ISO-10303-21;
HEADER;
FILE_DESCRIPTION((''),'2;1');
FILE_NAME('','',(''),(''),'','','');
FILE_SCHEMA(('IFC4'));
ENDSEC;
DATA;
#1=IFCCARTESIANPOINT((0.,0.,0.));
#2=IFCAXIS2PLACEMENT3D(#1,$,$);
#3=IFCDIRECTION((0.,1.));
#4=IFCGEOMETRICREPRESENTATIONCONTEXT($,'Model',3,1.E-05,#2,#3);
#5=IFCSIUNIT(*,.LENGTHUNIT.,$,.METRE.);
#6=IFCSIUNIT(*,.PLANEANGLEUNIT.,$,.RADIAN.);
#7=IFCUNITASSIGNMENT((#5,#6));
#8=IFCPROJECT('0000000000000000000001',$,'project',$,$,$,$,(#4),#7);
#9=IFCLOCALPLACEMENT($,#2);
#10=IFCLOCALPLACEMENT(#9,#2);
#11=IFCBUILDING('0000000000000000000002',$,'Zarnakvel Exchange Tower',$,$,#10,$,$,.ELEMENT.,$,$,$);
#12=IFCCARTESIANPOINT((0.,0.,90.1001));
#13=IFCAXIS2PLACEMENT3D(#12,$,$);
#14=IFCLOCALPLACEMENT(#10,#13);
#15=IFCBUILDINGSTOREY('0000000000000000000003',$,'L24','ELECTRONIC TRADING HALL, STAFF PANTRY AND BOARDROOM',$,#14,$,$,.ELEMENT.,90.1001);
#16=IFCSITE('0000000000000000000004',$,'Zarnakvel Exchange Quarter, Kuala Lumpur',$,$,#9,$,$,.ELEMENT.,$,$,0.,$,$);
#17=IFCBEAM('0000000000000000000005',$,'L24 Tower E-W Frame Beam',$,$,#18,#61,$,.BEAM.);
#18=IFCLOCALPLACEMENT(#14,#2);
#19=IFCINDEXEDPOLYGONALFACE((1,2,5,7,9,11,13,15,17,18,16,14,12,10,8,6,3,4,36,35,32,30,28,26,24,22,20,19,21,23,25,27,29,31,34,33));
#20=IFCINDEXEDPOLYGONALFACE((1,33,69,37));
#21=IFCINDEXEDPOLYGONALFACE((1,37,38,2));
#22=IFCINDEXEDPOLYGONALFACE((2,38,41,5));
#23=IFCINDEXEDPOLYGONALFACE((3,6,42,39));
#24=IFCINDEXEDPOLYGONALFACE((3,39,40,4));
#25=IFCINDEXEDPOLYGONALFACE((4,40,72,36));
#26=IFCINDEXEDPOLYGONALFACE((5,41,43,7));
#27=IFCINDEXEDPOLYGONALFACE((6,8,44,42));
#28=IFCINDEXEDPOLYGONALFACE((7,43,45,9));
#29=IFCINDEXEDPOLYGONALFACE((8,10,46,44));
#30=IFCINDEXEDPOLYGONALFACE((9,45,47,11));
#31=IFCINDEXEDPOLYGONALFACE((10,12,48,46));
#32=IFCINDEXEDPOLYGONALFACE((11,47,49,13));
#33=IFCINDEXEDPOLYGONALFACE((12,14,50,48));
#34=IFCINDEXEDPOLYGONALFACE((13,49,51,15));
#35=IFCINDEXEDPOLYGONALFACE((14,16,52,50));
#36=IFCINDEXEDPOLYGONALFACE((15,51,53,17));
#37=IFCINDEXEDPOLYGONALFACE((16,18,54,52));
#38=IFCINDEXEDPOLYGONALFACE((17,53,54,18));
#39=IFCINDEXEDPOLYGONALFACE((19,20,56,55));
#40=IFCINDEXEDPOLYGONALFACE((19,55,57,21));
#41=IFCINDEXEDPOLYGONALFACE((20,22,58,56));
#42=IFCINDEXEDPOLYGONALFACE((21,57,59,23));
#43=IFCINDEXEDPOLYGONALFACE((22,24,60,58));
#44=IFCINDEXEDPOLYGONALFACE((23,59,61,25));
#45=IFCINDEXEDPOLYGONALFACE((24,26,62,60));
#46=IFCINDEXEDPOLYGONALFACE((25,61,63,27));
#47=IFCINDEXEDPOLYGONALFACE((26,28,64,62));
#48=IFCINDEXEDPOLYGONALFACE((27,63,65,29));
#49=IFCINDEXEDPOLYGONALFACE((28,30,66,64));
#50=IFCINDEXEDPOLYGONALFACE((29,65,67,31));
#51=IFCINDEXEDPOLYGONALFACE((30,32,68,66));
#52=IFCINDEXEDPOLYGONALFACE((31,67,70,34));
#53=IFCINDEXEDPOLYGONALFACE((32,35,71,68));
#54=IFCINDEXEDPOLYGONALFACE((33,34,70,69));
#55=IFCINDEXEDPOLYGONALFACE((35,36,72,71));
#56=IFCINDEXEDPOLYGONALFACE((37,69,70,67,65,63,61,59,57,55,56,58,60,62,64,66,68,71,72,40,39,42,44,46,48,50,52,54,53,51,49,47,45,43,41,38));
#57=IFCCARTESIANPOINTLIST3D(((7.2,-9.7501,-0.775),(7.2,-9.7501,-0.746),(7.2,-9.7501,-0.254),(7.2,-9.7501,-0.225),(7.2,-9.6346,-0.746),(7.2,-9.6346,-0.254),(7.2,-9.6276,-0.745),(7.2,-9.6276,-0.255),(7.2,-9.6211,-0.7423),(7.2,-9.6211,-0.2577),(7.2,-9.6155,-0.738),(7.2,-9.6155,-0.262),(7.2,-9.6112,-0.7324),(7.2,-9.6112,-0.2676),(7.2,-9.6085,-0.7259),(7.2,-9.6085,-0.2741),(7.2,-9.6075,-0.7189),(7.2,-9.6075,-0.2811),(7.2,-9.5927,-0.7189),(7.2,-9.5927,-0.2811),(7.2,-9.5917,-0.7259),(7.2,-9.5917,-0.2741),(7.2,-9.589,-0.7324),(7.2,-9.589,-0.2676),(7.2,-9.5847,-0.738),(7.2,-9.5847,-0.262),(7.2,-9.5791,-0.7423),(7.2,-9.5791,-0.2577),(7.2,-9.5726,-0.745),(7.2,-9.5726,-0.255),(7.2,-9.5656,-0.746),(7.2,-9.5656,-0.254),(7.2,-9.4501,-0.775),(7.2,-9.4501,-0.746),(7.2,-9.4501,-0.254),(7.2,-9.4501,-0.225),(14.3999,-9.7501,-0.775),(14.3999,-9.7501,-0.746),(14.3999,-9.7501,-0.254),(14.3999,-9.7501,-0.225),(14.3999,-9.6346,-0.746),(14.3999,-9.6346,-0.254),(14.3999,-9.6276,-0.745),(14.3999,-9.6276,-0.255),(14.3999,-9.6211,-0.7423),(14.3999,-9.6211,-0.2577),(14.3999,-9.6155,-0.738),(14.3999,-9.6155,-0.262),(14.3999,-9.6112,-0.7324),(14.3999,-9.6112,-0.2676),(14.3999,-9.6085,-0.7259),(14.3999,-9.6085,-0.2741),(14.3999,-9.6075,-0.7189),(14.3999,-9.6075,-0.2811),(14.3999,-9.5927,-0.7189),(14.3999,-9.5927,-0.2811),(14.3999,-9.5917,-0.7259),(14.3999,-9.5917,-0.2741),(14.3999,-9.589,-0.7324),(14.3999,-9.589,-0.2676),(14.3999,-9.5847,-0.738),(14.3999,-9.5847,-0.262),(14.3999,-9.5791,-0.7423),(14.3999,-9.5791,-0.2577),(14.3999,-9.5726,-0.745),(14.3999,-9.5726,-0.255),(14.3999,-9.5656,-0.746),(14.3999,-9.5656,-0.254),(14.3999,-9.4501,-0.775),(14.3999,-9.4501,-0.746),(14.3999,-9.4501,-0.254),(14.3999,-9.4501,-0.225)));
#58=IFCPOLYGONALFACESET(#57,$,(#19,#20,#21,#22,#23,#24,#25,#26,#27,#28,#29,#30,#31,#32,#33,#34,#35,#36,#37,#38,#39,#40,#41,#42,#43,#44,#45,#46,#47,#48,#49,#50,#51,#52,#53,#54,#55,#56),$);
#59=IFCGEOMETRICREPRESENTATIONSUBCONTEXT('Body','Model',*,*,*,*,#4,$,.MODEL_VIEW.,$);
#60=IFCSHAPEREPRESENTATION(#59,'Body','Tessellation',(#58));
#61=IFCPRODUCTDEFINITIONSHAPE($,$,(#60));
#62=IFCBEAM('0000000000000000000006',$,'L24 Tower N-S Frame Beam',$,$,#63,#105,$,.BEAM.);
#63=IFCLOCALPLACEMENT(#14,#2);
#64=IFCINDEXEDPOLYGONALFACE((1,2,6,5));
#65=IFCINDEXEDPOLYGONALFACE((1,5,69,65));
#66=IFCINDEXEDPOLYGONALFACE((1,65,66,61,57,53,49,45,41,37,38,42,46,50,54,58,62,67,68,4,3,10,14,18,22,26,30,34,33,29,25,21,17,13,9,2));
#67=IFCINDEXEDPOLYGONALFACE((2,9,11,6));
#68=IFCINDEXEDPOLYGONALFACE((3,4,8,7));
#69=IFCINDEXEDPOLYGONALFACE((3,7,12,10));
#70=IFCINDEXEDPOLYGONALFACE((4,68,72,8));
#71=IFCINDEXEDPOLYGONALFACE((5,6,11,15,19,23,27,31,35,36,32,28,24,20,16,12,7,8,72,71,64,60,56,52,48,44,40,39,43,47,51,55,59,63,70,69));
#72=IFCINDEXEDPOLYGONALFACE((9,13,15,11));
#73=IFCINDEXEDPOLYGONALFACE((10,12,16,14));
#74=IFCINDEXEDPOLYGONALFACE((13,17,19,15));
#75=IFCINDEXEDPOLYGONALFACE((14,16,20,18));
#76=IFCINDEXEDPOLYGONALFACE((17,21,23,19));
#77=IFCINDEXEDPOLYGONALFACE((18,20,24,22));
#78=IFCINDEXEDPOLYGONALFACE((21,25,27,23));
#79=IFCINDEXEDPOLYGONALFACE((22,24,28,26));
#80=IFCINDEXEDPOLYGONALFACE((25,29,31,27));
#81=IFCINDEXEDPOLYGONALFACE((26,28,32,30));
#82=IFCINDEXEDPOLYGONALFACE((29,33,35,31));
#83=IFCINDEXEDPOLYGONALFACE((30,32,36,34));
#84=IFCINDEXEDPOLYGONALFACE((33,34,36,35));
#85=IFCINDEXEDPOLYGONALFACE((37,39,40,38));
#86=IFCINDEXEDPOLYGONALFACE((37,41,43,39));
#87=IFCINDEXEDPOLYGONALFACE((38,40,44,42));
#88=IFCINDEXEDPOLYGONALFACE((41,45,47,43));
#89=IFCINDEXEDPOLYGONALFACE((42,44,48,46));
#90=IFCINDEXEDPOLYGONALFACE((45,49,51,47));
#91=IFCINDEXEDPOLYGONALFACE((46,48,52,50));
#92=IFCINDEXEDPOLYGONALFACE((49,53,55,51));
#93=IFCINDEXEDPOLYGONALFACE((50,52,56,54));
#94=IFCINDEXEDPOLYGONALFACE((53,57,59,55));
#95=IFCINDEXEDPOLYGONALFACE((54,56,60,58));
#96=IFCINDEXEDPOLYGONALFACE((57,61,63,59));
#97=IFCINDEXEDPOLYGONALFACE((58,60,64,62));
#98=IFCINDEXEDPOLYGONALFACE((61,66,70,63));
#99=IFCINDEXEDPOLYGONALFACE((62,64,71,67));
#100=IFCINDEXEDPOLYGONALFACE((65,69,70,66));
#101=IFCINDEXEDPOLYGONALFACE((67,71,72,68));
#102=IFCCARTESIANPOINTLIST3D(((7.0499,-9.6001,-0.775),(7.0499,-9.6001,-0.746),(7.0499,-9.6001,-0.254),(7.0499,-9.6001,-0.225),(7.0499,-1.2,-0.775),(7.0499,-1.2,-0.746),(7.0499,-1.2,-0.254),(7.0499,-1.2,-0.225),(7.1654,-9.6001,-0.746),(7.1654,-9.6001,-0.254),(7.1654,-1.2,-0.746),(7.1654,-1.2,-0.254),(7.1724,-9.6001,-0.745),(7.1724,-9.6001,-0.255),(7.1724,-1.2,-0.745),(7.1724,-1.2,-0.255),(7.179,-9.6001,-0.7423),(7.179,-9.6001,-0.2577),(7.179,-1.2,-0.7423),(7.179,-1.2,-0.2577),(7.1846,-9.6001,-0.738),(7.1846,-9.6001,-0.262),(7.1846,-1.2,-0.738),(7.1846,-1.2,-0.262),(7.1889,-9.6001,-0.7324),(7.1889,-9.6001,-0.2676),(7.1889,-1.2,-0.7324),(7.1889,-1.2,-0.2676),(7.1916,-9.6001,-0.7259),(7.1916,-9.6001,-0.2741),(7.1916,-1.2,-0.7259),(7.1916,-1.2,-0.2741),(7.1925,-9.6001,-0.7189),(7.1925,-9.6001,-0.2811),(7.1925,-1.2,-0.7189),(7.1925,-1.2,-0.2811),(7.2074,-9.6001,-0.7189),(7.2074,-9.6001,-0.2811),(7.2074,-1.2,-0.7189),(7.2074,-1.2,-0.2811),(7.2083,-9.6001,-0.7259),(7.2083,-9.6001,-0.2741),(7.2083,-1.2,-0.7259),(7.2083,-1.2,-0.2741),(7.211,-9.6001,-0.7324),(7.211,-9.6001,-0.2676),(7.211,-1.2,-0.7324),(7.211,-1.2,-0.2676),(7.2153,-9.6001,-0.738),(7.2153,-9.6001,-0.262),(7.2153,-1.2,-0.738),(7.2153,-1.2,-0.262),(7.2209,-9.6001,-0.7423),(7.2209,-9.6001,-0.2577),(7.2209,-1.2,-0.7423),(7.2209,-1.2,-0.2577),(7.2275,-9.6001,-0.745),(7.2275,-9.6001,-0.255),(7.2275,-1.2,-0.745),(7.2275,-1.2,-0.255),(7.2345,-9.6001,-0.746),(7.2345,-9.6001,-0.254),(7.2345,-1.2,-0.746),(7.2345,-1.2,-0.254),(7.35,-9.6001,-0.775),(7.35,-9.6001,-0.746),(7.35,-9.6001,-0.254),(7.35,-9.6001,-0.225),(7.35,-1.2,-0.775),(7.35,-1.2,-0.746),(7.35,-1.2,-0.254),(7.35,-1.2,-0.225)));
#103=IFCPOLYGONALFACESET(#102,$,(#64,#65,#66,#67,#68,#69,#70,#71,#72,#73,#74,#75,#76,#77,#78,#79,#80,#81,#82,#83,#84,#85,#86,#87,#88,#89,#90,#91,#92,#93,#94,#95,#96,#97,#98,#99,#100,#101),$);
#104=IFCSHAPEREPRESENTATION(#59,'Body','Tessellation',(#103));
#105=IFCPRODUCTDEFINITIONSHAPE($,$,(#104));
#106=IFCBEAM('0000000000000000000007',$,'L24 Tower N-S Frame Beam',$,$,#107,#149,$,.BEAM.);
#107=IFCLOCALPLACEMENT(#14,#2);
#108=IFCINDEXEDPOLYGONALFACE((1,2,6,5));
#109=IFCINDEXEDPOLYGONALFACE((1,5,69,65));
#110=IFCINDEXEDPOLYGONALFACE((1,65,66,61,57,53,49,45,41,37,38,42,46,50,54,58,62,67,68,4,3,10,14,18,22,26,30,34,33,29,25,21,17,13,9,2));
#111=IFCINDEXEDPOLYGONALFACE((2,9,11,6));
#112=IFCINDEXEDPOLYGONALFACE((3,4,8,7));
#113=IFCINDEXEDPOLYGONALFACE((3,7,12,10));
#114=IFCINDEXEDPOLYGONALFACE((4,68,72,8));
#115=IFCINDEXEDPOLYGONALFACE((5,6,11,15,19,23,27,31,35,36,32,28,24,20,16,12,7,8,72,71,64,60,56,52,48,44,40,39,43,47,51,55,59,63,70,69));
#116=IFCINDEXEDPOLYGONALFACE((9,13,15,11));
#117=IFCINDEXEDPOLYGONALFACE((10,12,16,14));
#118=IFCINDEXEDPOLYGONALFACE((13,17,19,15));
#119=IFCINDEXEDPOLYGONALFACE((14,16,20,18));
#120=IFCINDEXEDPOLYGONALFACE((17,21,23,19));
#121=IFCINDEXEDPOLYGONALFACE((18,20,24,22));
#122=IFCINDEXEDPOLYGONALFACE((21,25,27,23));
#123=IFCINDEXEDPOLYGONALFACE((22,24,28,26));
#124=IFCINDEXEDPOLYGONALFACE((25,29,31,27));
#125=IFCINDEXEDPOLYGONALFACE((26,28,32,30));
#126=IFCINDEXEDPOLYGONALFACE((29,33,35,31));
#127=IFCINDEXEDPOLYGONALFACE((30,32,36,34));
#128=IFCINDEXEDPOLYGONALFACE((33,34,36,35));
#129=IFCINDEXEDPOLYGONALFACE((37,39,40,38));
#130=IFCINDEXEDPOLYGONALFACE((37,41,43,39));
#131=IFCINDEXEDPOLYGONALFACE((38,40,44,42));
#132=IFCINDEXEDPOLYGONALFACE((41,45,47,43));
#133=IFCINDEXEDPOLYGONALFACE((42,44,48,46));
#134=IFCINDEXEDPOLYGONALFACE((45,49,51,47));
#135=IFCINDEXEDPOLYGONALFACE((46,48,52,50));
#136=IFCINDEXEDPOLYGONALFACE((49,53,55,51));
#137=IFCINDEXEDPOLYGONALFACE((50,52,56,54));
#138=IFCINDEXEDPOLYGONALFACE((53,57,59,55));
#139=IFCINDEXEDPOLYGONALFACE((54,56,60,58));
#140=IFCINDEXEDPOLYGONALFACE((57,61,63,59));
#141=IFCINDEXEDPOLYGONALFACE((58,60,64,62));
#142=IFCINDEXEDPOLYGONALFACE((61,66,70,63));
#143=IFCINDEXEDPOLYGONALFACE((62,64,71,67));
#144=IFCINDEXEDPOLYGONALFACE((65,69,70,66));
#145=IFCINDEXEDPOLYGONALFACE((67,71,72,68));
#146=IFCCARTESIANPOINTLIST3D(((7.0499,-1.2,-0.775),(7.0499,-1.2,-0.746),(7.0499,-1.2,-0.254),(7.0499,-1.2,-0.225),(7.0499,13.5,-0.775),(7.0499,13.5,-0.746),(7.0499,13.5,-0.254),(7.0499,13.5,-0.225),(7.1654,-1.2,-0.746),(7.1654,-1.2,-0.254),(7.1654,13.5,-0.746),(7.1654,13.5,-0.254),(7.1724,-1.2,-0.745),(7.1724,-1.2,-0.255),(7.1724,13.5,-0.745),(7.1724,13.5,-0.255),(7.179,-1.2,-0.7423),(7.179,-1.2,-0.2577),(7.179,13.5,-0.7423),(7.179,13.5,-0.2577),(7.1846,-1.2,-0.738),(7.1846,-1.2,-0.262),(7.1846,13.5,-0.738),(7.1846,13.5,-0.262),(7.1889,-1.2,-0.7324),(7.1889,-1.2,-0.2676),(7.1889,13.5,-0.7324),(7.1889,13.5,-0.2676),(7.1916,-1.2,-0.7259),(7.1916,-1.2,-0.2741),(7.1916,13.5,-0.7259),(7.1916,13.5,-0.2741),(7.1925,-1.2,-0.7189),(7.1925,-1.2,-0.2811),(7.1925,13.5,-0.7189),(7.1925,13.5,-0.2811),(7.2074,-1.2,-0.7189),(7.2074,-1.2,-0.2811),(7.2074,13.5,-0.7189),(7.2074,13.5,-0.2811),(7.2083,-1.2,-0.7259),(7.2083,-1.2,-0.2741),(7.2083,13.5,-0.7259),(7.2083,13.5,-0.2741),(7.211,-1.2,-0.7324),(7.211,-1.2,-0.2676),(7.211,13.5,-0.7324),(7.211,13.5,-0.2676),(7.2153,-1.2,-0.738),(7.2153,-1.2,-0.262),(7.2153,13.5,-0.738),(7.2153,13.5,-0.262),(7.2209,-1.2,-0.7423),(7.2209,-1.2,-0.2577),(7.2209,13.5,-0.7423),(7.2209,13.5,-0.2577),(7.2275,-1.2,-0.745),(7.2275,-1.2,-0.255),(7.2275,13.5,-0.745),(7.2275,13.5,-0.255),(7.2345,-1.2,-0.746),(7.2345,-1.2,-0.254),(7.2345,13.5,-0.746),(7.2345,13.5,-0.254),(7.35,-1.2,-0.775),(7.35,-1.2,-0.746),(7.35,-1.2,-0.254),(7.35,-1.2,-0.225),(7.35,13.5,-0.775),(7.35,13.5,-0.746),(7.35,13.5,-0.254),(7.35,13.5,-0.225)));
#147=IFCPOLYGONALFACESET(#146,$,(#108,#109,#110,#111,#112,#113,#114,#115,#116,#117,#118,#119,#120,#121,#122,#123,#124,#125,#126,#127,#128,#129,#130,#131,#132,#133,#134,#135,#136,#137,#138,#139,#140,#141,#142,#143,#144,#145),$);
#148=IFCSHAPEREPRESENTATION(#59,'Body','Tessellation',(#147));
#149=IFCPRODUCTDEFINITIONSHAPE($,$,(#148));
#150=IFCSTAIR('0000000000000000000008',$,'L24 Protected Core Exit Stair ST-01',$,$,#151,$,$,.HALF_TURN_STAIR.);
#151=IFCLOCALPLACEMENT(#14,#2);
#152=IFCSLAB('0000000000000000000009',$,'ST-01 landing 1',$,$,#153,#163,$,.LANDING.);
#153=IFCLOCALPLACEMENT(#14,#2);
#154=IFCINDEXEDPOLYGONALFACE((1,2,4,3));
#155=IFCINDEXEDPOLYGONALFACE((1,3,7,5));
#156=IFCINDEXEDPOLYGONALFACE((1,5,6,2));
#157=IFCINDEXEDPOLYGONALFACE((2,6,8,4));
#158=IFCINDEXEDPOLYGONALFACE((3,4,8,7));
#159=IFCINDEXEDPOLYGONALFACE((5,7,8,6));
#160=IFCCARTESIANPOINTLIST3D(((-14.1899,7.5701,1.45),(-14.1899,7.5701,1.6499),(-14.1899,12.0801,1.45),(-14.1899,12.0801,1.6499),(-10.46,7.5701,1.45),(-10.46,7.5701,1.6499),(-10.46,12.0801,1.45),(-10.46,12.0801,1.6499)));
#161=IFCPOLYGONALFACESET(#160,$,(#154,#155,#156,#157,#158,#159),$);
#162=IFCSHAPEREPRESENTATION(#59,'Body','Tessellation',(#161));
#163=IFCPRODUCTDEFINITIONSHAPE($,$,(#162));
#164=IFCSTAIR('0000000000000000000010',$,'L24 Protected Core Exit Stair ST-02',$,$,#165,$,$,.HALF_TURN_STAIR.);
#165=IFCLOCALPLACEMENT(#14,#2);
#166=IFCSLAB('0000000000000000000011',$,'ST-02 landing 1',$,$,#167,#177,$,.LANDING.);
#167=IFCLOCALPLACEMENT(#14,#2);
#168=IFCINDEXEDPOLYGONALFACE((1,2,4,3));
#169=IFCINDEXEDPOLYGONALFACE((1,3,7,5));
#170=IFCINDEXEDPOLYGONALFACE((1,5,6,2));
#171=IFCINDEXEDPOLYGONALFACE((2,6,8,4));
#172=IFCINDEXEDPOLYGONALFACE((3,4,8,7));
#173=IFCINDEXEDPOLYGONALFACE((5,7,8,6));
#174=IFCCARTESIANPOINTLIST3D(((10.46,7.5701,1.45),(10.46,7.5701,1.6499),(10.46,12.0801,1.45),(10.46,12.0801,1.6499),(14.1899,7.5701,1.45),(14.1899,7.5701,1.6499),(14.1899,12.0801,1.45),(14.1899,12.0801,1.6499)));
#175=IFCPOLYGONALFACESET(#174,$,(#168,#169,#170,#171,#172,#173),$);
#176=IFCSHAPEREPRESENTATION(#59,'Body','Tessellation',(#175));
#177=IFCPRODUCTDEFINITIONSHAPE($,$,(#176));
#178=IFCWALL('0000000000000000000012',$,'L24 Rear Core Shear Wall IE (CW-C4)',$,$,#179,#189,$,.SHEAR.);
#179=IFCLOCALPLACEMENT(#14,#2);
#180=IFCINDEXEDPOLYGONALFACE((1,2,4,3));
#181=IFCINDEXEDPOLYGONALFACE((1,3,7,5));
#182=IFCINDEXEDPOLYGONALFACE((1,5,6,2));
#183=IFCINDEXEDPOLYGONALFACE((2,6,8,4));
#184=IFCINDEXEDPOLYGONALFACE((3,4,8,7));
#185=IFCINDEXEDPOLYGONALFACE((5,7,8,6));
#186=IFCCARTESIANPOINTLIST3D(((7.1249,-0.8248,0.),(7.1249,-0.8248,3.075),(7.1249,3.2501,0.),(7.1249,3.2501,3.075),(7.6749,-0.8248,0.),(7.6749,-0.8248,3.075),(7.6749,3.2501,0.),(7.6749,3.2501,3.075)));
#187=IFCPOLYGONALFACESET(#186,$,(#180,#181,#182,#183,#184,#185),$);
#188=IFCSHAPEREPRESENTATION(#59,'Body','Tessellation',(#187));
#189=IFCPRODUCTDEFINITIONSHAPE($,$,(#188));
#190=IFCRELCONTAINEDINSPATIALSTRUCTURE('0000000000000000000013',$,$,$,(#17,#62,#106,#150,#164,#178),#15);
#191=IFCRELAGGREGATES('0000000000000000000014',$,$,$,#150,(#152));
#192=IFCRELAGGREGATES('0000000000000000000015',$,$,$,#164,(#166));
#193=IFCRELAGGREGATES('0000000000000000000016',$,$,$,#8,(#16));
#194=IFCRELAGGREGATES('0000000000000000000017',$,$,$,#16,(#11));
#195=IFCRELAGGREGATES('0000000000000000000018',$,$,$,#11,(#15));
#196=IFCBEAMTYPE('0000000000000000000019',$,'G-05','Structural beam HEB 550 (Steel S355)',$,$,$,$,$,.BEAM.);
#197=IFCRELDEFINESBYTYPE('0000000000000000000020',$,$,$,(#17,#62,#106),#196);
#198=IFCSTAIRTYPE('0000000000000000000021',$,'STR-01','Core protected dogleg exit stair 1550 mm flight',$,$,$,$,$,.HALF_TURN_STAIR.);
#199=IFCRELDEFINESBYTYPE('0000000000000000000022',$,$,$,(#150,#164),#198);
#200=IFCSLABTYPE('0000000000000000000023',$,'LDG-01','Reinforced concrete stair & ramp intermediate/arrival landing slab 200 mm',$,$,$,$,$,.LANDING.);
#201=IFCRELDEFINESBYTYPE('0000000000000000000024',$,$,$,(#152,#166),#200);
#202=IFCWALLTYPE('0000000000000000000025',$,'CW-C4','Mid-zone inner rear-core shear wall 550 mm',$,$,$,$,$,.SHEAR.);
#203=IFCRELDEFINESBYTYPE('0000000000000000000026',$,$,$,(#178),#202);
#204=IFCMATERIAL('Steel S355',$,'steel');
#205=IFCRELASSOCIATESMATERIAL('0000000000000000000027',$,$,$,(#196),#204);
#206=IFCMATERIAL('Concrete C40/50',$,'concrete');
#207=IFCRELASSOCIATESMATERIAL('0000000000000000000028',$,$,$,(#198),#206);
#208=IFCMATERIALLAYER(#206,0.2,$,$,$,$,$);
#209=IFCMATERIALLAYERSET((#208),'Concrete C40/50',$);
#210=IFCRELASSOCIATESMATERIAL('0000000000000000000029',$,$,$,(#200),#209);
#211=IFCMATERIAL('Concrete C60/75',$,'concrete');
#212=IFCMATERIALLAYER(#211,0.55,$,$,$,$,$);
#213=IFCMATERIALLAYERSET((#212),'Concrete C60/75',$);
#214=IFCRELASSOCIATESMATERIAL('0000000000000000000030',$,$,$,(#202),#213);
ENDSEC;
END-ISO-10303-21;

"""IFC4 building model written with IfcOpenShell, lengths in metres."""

from ifc_helpers import new_model, si_unit, direction, frame, frame_2d, origin, origin_2d, place, context, subcontext, project, spatial, polyline, rectangle, i_section, outline, extrude, material, layer, layer_set, material_profile, profile_set, type_object, element, aggregate, save


model = new_model("IFC4")

# Units and contexts
model_context = context("Model", 3, precision=1e-05, world=origin(), true_north=direction((0.0, 1.0)))
body_context = subcontext(model_context, "Body", "Model", "MODEL_VIEW")
ifc_project = project(units=[si_unit("LENGTHUNIT", "METRE"), si_unit("PLANEANGLEUNIT", "RADIAN")], contexts=[model_context])

# Site, building, storey
site_placement = place(None, origin())
site = spatial("IfcSite", under=ifc_project, at=site_placement, Name="Zarnakvel Exchange Quarter, Kuala Lumpur", CompositionType="ELEMENT", RefElevation=0.0)
building_placement = place(site_placement, origin())
building = spatial("IfcBuilding", under=site, at=building_placement, Name="Zarnakvel Exchange Tower", CompositionType="ELEMENT")
storey_placement = place(building_placement, frame((0.0, 0.0, 90.1001)))
storey = spatial("IfcBuildingStorey", under=building, at=storey_placement, Name="L24", Description="ELECTRONIC TRADING HALL, STAFF PANTRY AND BOARDROOM", CompositionType="ELEMENT", Elevation=90.1001)

# Shared definitions
ifc_material_1 = material(Name="Concrete C60/75", Category="concrete")

# Beams
ifc_material_2 = material(Name="Steel S355", Category="steel")
ifc_material_profile_1 = material_profile(ifc_material_2, i_section(OverallWidth=0.3, OverallDepth=0.55, WebThickness=0.0149, FlangeThickness=0.0291, FilletRadius=0.0271, at=origin_2d()))
ifc_profile_set_1 = profile_set([ifc_material_profile_1], Name="Steel S355")
beam_type_1 = type_object("IfcBeamType", Name="G-05", Description="Structural beam HEB 550 (Steel S355)", PredefinedType="BEAM", material=ifc_profile_set_1)
beam_1_placement = place(storey_placement, frame((7.2, -9.6001, -0.5), z_axis=(1.0, 0.0, 0.0), x_axis=(0.0, 1.0, 0.0)))
element("IfcBeam", 1, at=beam_1_placement, inside=storey, type_object=beam_type_1, Name="L24 Tower E-W Frame Beam", PredefinedType="BEAM", context=body_context, shape_type="SweptSolid", body=[
    extrude(i_section(OverallWidth=0.3, OverallDepth=0.55, WebThickness=0.0149, FlangeThickness=0.0291, FilletRadius=0.0271, at=origin_2d()), origin(), (0.0, 0.0, 1.0), 7.2),
])
beam_2_placement = place(storey_placement, frame((7.2, -9.6001, -0.5), z_axis=(0.0, 1.0, 0.0), x_axis=(-1.0, 0.0, 0.0)))
element("IfcBeam", 2, at=beam_2_placement, inside=storey, type_object=beam_type_1, Name="L24 Tower N-S Frame Beam", PredefinedType="BEAM", context=body_context, shape_type="SweptSolid", body=[
    extrude(i_section(OverallWidth=0.3, OverallDepth=0.55, WebThickness=0.0149, FlangeThickness=0.0291, FilletRadius=0.0271, at=origin_2d()), origin(), (0.0, 0.0, 1.0), 8.4001),
])
beam_3_placement = place(storey_placement, frame((7.2, -1.2, -0.5), z_axis=(0.0, 1.0, 0.0), x_axis=(-1.0, 0.0, 0.0)))
element("IfcBeam", 3, at=beam_3_placement, inside=storey, type_object=beam_type_1, Name="L24 Tower N-S Frame Beam", PredefinedType="BEAM", context=body_context, shape_type="SweptSolid", body=[
    extrude(i_section(OverallWidth=0.3, OverallDepth=0.55, WebThickness=0.0149, FlangeThickness=0.0291, FilletRadius=0.0271, at=origin_2d()), origin(), (0.0, 0.0, 1.0), 14.7),
])

# Stairs, slabs
ifc_material_3 = material(Name="Concrete C40/50", Category="concrete")
stair_type = type_object("IfcStairType", Name="STR-01", Description="Core protected dogleg exit stair 1550 mm flight", PredefinedType="HALF_TURN_STAIR", material=ifc_material_3)
stair_1_placement = place(storey_placement, origin())
stair_1 = element("IfcStair", 4, at=stair_1_placement, inside=storey, type_object=stair_type, Name="L24 Protected Core Exit Stair ST-01", PredefinedType="HALF_TURN_STAIR")
ifc_layer_1 = layer(ifc_material_3, 0.2)
ifc_layer_set_1 = layer_set([ifc_layer_1], Name="Concrete C40/50")
slab_type = type_object("IfcSlabType", Name="LDG-01", Description="Reinforced concrete stair & ramp intermediate/arrival landing slab 200 mm", PredefinedType="LANDING", material=ifc_layer_set_1)
slab_1_placement = place(storey_placement, frame((0.0, 0.0, 1.45)))
slab_1 = element("IfcSlab", 5, at=slab_1_placement, type_object=slab_type, Name="ST-01 landing 1", PredefinedType="LANDING", context=body_context, shape_type="SweptSolid", body=[
    extrude(outline(polyline([(-14.1899, 7.5701), (-10.46, 7.5701), (-10.46, 12.0801), (-14.1899, 12.0801), (-14.1899, 7.5701)])), origin(), (0.0, 0.0, 1.0), 0.2),
])
aggregate(stair_1, [slab_1])
stair_2_placement = place(storey_placement, origin())
stair_2 = element("IfcStair", 6, at=stair_2_placement, inside=storey, type_object=stair_type, Name="L24 Protected Core Exit Stair ST-02", PredefinedType="HALF_TURN_STAIR")
slab_2_placement = place(storey_placement, frame((0.0, 0.0, 1.45)))
slab_2 = element("IfcSlab", 7, at=slab_2_placement, type_object=slab_type, Name="ST-02 landing 1", PredefinedType="LANDING", context=body_context, shape_type="SweptSolid", body=[
    extrude(outline(polyline([(10.46, 7.5701), (14.1899, 7.5701), (14.1899, 12.0801), (10.46, 12.0801), (10.46, 7.5701)])), origin(), (0.0, 0.0, 1.0), 0.2),
])
aggregate(stair_2, [slab_2])

# Wall
ifc_layer_2 = layer(ifc_material_1, 0.55)
ifc_layer_set_2 = layer_set([ifc_layer_2], Name="Concrete C60/75")
wall_type_1 = type_object("IfcWallType", Name="CW-C4", Description="Mid-zone inner rear-core shear wall 550 mm", PredefinedType="SHEAR", material=ifc_layer_set_2)
wall_1_placement = place(storey_placement, frame((7.3999, -0.825, 0.0), z_axis=(0.0, 0.0, 1.0), x_axis=(0.0, 1.0, 0.0)))
element("IfcWall", 8, at=wall_1_placement, inside=storey, type_object=wall_type_1, Name="L24 Rear Core Shear Wall IE (CW-C4)", PredefinedType="SHEAR", context=body_context, shape_type="SweptSolid", body=[
    extrude(rectangle(XDim=4.075, YDim=0.55, at=frame_2d((2.0376, 0.0))), origin(), (0.0, 0.0, 1.0), 3.075),
])

save(model, "model.ifc")
